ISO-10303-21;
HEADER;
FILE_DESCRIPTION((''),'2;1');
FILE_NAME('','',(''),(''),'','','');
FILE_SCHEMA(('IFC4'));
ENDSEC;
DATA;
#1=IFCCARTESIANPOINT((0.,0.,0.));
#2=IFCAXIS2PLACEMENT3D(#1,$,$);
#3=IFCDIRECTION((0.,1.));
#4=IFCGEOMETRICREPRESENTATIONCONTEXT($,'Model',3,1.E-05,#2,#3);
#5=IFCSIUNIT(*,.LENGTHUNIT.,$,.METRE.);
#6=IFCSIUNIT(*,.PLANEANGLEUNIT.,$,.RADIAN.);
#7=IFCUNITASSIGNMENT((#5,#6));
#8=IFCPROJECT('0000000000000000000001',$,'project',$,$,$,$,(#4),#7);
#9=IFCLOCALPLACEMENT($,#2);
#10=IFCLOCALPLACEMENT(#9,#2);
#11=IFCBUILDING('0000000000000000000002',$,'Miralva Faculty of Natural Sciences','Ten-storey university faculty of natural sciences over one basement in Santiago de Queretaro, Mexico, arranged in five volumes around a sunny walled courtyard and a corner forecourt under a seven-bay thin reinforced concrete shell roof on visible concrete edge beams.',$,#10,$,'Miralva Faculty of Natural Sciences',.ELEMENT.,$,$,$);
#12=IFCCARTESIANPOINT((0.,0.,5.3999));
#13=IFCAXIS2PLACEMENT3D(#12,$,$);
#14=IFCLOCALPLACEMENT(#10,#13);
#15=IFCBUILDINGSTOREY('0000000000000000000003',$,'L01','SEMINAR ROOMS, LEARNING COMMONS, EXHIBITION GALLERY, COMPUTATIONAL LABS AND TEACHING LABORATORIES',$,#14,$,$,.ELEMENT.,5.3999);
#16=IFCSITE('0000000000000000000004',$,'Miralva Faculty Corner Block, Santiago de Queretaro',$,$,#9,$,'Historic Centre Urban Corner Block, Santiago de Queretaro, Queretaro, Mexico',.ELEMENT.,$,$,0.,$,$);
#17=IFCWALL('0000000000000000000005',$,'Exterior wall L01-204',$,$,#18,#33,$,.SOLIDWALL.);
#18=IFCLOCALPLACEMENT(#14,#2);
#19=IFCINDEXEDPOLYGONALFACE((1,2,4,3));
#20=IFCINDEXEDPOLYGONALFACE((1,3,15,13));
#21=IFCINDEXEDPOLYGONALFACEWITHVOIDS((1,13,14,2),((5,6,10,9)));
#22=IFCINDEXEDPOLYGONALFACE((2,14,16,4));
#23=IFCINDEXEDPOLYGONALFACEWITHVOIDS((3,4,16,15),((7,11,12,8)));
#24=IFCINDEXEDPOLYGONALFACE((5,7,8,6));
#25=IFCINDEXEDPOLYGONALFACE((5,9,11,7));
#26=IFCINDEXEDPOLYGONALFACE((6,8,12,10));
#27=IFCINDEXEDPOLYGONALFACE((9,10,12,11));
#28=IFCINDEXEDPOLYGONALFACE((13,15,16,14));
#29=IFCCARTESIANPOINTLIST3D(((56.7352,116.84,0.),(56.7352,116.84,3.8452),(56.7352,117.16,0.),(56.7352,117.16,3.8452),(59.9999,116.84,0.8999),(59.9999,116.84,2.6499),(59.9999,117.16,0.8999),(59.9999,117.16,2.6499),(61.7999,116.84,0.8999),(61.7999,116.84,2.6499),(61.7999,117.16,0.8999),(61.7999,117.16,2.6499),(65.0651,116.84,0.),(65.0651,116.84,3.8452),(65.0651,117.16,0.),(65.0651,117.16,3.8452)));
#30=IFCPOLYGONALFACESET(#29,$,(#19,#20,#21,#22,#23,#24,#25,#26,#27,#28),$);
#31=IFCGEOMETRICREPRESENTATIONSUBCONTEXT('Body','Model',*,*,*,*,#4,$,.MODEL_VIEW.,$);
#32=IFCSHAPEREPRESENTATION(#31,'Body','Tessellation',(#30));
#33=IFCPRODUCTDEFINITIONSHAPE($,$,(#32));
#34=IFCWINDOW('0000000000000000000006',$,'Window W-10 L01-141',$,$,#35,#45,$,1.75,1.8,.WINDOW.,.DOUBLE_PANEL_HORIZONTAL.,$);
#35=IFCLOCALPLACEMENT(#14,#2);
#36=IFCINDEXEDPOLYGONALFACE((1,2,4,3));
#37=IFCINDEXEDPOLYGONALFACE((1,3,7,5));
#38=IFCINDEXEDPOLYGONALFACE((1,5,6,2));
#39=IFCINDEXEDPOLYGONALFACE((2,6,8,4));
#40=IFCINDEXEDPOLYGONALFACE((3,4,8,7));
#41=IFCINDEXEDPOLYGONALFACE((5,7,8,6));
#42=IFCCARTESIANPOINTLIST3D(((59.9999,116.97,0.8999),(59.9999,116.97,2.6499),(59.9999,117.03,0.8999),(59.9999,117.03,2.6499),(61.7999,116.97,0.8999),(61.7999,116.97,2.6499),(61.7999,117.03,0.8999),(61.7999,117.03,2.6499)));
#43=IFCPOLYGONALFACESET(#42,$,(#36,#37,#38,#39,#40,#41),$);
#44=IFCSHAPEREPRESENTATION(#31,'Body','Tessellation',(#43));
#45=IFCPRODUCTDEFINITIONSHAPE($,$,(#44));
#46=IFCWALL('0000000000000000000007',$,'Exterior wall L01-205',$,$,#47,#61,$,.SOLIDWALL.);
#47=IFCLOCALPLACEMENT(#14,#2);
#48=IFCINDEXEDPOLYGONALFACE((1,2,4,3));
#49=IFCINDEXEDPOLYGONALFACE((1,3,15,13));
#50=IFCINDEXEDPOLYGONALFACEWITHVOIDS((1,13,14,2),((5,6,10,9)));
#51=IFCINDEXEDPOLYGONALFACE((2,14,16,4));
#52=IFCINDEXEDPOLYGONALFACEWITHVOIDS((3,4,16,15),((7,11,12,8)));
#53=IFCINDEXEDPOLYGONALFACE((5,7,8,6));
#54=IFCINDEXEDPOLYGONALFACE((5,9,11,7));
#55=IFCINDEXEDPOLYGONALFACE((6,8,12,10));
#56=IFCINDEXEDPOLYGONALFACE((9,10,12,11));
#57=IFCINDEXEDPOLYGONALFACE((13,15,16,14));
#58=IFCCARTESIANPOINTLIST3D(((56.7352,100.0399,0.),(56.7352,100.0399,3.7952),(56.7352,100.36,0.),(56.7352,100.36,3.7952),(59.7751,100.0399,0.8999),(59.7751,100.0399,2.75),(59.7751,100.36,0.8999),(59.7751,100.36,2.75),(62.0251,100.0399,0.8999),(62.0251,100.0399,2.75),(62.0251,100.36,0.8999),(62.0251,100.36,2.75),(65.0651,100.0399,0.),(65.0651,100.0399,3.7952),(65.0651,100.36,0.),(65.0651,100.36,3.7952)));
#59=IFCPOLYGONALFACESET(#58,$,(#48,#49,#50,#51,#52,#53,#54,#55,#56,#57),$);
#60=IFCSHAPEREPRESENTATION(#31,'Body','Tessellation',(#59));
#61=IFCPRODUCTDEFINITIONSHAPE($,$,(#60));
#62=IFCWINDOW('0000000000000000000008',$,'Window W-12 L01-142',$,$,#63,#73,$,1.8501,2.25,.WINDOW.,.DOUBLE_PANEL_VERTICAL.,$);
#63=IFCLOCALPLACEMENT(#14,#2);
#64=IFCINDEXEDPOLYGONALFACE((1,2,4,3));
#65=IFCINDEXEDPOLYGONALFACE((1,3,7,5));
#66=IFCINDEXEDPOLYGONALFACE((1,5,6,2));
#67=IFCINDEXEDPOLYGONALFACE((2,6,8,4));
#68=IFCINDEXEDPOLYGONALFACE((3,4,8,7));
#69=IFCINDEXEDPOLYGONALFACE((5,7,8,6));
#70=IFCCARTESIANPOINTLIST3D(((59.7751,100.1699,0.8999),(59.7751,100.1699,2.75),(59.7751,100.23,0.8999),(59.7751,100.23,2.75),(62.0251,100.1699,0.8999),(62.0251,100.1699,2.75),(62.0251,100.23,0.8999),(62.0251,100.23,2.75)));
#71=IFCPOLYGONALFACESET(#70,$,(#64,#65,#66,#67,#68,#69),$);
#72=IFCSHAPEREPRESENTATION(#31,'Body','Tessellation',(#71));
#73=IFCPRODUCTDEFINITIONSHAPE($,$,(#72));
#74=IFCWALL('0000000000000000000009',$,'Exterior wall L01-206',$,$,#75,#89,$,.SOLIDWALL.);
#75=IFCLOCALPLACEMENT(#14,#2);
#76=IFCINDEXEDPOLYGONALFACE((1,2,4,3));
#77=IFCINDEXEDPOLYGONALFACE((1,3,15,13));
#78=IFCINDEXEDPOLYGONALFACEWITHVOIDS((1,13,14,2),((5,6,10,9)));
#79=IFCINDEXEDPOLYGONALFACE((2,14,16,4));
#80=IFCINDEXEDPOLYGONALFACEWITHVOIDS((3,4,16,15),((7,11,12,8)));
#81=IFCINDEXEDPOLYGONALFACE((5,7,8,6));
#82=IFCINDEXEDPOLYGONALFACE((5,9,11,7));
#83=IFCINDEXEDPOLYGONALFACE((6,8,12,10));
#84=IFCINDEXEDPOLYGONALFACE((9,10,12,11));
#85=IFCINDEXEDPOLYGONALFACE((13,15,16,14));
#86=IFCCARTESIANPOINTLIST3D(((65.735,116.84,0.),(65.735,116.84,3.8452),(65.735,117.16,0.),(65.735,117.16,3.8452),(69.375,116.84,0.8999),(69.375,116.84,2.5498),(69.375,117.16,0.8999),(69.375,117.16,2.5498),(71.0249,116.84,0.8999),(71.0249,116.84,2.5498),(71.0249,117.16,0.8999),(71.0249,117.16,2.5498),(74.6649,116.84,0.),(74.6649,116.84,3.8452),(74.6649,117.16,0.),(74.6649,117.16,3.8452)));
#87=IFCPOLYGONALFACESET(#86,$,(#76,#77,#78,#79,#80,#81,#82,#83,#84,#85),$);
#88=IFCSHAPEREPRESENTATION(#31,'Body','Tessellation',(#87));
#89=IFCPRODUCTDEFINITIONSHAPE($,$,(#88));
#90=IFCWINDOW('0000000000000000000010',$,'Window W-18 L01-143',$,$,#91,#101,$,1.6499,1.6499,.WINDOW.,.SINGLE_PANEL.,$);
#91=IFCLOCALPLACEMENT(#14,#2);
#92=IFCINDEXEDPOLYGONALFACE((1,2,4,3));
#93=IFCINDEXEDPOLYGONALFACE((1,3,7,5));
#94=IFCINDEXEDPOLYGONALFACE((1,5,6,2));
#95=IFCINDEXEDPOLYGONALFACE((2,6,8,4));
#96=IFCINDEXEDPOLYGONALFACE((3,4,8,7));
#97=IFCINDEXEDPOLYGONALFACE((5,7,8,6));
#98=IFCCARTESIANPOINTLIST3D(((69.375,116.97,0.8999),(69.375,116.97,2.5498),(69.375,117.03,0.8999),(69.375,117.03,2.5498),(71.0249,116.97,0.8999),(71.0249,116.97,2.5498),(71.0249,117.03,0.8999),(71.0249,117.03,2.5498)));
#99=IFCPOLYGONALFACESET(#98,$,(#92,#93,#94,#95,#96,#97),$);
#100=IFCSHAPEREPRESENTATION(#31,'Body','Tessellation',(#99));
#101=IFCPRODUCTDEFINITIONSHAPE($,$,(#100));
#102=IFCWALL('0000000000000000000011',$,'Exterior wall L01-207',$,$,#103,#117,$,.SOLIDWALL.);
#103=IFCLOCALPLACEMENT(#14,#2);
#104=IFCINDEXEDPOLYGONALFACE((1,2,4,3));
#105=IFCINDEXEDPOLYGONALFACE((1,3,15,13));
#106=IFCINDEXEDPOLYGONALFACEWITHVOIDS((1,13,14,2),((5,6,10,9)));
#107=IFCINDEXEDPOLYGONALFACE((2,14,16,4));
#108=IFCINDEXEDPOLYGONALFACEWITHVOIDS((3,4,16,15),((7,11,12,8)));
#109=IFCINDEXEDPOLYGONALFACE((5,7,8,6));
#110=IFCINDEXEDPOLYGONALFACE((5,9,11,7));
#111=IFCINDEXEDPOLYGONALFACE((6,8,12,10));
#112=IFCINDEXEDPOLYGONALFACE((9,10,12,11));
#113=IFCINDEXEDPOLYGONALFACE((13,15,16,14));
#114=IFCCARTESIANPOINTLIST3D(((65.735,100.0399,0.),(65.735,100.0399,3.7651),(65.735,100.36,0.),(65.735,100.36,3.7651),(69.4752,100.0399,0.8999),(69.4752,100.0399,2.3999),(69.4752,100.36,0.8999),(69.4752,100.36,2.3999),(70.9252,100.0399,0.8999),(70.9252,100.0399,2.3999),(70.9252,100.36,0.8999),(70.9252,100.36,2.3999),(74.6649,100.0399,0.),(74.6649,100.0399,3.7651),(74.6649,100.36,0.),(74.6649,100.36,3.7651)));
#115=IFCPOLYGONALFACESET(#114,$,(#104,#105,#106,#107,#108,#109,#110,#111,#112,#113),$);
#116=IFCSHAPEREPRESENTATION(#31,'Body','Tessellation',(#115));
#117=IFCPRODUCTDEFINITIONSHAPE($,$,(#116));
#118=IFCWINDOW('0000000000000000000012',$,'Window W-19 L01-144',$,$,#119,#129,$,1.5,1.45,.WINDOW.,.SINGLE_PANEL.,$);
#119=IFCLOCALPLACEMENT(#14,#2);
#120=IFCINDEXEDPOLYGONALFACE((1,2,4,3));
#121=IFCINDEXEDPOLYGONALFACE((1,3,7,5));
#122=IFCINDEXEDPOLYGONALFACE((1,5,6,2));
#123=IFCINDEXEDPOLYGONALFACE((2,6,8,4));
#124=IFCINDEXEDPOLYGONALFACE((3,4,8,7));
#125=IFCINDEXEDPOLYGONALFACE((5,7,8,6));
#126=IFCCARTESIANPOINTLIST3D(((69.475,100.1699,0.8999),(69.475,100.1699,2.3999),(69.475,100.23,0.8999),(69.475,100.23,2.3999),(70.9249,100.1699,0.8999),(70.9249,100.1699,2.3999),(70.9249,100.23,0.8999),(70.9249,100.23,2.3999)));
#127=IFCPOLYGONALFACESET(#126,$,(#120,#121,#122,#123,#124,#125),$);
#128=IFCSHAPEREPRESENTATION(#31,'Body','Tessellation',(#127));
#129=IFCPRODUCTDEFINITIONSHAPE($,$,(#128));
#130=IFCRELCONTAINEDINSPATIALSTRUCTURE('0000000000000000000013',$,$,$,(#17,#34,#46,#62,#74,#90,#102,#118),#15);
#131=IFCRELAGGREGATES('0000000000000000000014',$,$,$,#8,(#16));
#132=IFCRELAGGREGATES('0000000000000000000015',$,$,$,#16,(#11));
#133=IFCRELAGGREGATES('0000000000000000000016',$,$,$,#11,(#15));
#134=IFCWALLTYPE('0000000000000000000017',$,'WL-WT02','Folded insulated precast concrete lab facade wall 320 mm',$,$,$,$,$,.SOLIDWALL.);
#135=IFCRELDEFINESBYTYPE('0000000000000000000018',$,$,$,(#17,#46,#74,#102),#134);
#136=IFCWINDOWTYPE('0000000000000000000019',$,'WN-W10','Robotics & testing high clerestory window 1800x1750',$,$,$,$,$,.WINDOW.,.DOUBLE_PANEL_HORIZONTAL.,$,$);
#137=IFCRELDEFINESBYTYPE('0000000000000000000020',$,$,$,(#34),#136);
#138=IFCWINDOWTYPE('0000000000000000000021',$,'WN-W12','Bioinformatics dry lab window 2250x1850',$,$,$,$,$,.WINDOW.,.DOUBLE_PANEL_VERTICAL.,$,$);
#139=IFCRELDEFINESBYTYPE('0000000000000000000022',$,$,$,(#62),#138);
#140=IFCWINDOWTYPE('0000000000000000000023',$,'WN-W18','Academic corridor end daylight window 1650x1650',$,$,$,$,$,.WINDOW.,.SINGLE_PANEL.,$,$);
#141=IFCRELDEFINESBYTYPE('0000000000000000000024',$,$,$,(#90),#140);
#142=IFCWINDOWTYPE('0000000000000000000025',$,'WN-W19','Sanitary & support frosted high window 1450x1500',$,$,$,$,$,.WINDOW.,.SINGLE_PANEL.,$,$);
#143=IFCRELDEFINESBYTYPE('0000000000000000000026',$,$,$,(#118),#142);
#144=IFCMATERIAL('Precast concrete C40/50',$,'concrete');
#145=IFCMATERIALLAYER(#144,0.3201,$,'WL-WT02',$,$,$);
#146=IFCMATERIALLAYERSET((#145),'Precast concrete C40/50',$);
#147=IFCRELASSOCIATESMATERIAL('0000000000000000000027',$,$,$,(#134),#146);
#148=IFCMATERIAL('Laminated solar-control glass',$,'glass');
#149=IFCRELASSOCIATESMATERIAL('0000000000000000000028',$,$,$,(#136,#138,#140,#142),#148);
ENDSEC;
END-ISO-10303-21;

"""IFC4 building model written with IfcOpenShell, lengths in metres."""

from ifc_helpers import new_model, si_unit, direction, frame, frame_2d, origin, place, context, subcontext, project, spatial, rectangle, extrude, material, layer, layer_set, type_object, element, fill, save


model = new_model("IFC4")

# Units and contexts
model_context = context("Model", 3, precision=1e-05, world=origin(), true_north=direction((0.0, 1.0)))
body_context = subcontext(model_context, "Body", "Model", "MODEL_VIEW")
ifc_project = project(units=[si_unit("LENGTHUNIT", "METRE"), si_unit("PLANEANGLEUNIT", "RADIAN")], contexts=[model_context])

# Site, building, storey
site_placement = place(None, origin())
site = spatial("IfcSite", under=ifc_project, at=site_placement, Name="Miralva Faculty Corner Block, Santiago de Queretaro", LongName="Historic Centre Urban Corner Block, Santiago de Queretaro, Queretaro, Mexico", CompositionType="ELEMENT", RefElevation=0.0)
building_placement = place(site_placement, origin())
building = spatial("IfcBuilding", under=site, at=building_placement, Name="Miralva Faculty of Natural Sciences", Description="Ten-storey university faculty of natural sciences over one basement in Santiago de Queretaro, Mexico, arranged in five volumes around a sunny walled courtyard and a corner forecourt under a seven-bay thin reinforced concrete shell roof on visible concrete edge beams.", LongName="Miralva Faculty of Natural Sciences", CompositionType="ELEMENT")
storey_placement = place(building_placement, frame((0.0, 0.0, 5.3999)))
storey = spatial("IfcBuildingStorey", under=building, at=storey_placement, Name="L01", Description="SEMINAR ROOMS, LEARNING COMMONS, EXHIBITION GALLERY, COMPUTATIONAL LABS AND TEACHING LABORATORIES", CompositionType="ELEMENT", Elevation=5.3999)

# Walls, openings, windows
ifc_material_1 = material(Name="Precast concrete C40/50", Category="concrete")
ifc_layer = layer(ifc_material_1, 0.3201, Name="WL-WT02")
ifc_layer_set = layer_set([ifc_layer], Name="Precast concrete C40/50")
wall_type = type_object("IfcWallType", Name="WL-WT02", Description="Folded insulated precast concrete lab facade wall 320 mm", PredefinedType="SOLIDWALL", material=ifc_layer_set)
wall_1_placement = place(storey_placement, frame((56.7351, 117.0, 0.0), z_axis=(0.0, 0.0, 1.0), x_axis=(1.0, 0.0, 0.0)))
wall_1 = element("IfcWall", 1, at=wall_1_placement, inside=storey, type_object=wall_type, Name="Exterior wall L01-204", PredefinedType="SOLIDWALL", context=body_context, shape_type="SweptSolid", body=[
    extrude(rectangle(XDim=8.3298, YDim=0.3201, at=frame_2d((4.165, 0.0))), origin(), (0.0, 0.0, 1.0), 3.8452),
])
opening_1_placement = place(wall_1_placement, frame((3.2649, 0.0, 0.8999)))
opening_1 = element("IfcOpeningElement", 2, at=opening_1_placement, cuts=wall_1, PredefinedType="OPENING", context=body_context, shape_type="SweptSolid", body=[
    extrude(rectangle(XDim=1.8, YDim=1.75, at=frame_2d((0.8999, 0.875))), frame((0.0, 0.1699, 0.0), z_axis=(0.0, -1.0, 0.0), x_axis=(1.0, 0.0, 0.0)), (0.0, 0.0, 1.0), 0.3401),
])
ifc_material_2 = material(Name="Laminated solar-control glass", Category="glass")
window_type_1 = type_object("IfcWindowType", Name="WN-W10", Description="Robotics & testing high clerestory window 1800x1750", PartitioningType="DOUBLE_PANEL_HORIZONTAL", PredefinedType="WINDOW", material=ifc_material_2)
window_1_placement = place(opening_1_placement, origin())
window_1 = element("IfcWindow", 3, at=window_1_placement, inside=storey, type_object=window_type_1, Name="Window W-10 L01-141", OverallHeight=1.75, OverallWidth=1.8, PartitioningType="DOUBLE_PANEL_HORIZONTAL", PredefinedType="WINDOW", context=body_context, shape_type="SweptSolid", body=[
    extrude(rectangle(XDim=1.8, YDim=1.75, at=frame_2d((0.8999, 0.875))), frame((0.0, 0.03, 0.0), z_axis=(0.0, -1.0, 0.0), x_axis=(1.0, 0.0, 0.0)), (0.0, 0.0, 1.0), 0.0601),
])
fill(opening_1, window_1)
wall_2_placement = place(storey_placement, frame((56.7351, 100.2, 0.0), z_axis=(0.0, 0.0, 1.0), x_axis=(1.0, 0.0, 0.0)))
wall_2 = element("IfcWall", 4, at=wall_2_placement, inside=storey, type_object=wall_type, Name="Exterior wall L01-205", PredefinedType="SOLIDWALL", context=body_context, shape_type="SweptSolid", body=[
    extrude(rectangle(XDim=8.3298, YDim=0.3201, at=frame_2d((4.165, 0.0))), origin(), (0.0, 0.0, 1.0), 3.7952),
])
opening_2_placement = place(wall_2_placement, frame((3.04, 0.0, 0.8999)))
opening_2 = element("IfcOpeningElement", 5, at=opening_2_placement, cuts=wall_2, PredefinedType="OPENING", context=body_context, shape_type="SweptSolid", body=[
    extrude(rectangle(XDim=2.25, YDim=1.8501, at=frame_2d((1.125, 0.925))), frame((0.0, 0.1699, 0.0), z_axis=(0.0, -1.0, 0.0), x_axis=(1.0, 0.0, 0.0)), (0.0, 0.0, 1.0), 0.3401),
])
window_type_2 = type_object("IfcWindowType", Name="WN-W12", Description="Bioinformatics dry lab window 2250x1850", PartitioningType="DOUBLE_PANEL_VERTICAL", PredefinedType="WINDOW", material=ifc_material_2)
window_2_placement = place(opening_2_placement, frame((2.25, 0.0, 0.0), z_axis=(0.0, 0.0, 1.0), x_axis=(-1.0, 0.0, 0.0)))
window_2 = element("IfcWindow", 6, at=window_2_placement, inside=storey, type_object=window_type_2, Name="Window W-12 L01-142", OverallHeight=1.8501, OverallWidth=2.25, PartitioningType="DOUBLE_PANEL_VERTICAL", PredefinedType="WINDOW", context=body_context, shape_type="SweptSolid", body=[
    extrude(rectangle(XDim=2.25, YDim=1.8501, at=frame_2d((1.125, 0.925))), frame((0.0, 0.03, 0.0), z_axis=(0.0, -1.0, 0.0), x_axis=(1.0, 0.0, 0.0)), (0.0, 0.0, 1.0), 0.0601),
])
fill(opening_2, window_2)
wall_3_placement = place(storey_placement, frame((65.7351, 117.0, 0.0), z_axis=(0.0, 0.0, 1.0), x_axis=(1.0, 0.0, 0.0)))
wall_3 = element("IfcWall", 7, at=wall_3_placement, inside=storey, type_object=wall_type, Name="Exterior wall L01-206", PredefinedType="SOLIDWALL", context=body_context, shape_type="SweptSolid", body=[
    extrude(rectangle(XDim=8.9299, YDim=0.3201, at=frame_2d((4.4648, 0.0))), origin(), (0.0, 0.0, 1.0), 3.8452),
])
opening_3_placement = place(wall_3_placement, frame((3.6399, 0.0, 0.8999)))
opening_3 = element("IfcOpeningElement", 8, at=opening_3_placement, cuts=wall_3, PredefinedType="OPENING", context=body_context, shape_type="SweptSolid", body=[
    extrude(rectangle(XDim=1.6499, YDim=1.6499, at=frame_2d((0.825, 0.825))), frame((0.0, 0.1699, 0.0), z_axis=(0.0, -1.0, 0.0), x_axis=(1.0, 0.0, 0.0)), (0.0, 0.0, 1.0), 0.3401),
])
window_type_3 = type_object("IfcWindowType", Name="WN-W18", Description="Academic corridor end daylight window 1650x1650", PartitioningType="SINGLE_PANEL", PredefinedType="WINDOW", material=ifc_material_2)
window_3_placement = place(opening_3_placement, origin())
window_3 = element("IfcWindow", 9, at=window_3_placement, inside=storey, type_object=window_type_3, Name="Window W-18 L01-143", OverallHeight=1.6499, OverallWidth=1.6499, PartitioningType="SINGLE_PANEL", PredefinedType="WINDOW", context=body_context, shape_type="SweptSolid", body=[
    extrude(rectangle(XDim=1.6499, YDim=1.6499, at=frame_2d((0.825, 0.825))), frame((0.0, 0.03, 0.0), z_axis=(0.0, -1.0, 0.0), x_axis=(1.0, 0.0, 0.0)), (0.0, 0.0, 1.0), 0.0601),
])
fill(opening_3, window_3)
wall_4_placement = place(storey_placement, frame((65.7351, 100.2, 0.0), z_axis=(0.0, 0.0, 1.0), x_axis=(1.0, 0.0, 0.0)))
wall_4 = element("IfcWall", 10, at=wall_4_placement, inside=storey, type_object=wall_type, Name="Exterior wall L01-207", PredefinedType="SOLIDWALL", context=body_context, shape_type="SweptSolid", body=[
    extrude(rectangle(XDim=8.9299, YDim=0.3201, at=frame_2d((4.4648, 0.0))), origin(), (0.0, 0.0, 1.0), 3.7651),
])
opening_4_placement = place(wall_4_placement, frame((3.74, 0.0, 0.8999)))
opening_4 = element("IfcOpeningElement", 11, at=opening_4_placement, cuts=wall_4, PredefinedType="OPENING", context=body_context, shape_type="SweptSolid", body=[
    extrude(rectangle(XDim=1.45, YDim=1.5, at=frame_2d((0.7251, 0.75))), frame((0.0, 0.1699, 0.0), z_axis=(0.0, -1.0, 0.0), x_axis=(1.0, 0.0, 0.0)), (0.0, 0.0, 1.0), 0.3401),
])
window_type_4 = type_object("IfcWindowType", Name="WN-W19", Description="Sanitary & support frosted high window 1450x1500", PartitioningType="SINGLE_PANEL", PredefinedType="WINDOW", material=ifc_material_2)
window_4_placement = place(opening_4_placement, frame((1.45, 0.0, 0.0), z_axis=(0.0, 0.0, 1.0), x_axis=(-1.0, 0.0, 0.0)))
window_4 = element("IfcWindow", 12, at=window_4_placement, inside=storey, type_object=window_type_4, Name="Window W-19 L01-144", OverallHeight=1.5, OverallWidth=1.45, PartitioningType="SINGLE_PANEL", PredefinedType="WINDOW", context=body_context, shape_type="SweptSolid", body=[
    extrude(rectangle(XDim=1.45, YDim=1.5, at=frame_2d((0.7251, 0.75))), frame((0.0, 0.03, 0.0), z_axis=(0.0, -1.0, 0.0), x_axis=(1.0, 0.0, 0.0)), (0.0, 0.0, 1.0), 0.0601),
])
fill(opening_4, window_4)

save(model, "model.ifc")
